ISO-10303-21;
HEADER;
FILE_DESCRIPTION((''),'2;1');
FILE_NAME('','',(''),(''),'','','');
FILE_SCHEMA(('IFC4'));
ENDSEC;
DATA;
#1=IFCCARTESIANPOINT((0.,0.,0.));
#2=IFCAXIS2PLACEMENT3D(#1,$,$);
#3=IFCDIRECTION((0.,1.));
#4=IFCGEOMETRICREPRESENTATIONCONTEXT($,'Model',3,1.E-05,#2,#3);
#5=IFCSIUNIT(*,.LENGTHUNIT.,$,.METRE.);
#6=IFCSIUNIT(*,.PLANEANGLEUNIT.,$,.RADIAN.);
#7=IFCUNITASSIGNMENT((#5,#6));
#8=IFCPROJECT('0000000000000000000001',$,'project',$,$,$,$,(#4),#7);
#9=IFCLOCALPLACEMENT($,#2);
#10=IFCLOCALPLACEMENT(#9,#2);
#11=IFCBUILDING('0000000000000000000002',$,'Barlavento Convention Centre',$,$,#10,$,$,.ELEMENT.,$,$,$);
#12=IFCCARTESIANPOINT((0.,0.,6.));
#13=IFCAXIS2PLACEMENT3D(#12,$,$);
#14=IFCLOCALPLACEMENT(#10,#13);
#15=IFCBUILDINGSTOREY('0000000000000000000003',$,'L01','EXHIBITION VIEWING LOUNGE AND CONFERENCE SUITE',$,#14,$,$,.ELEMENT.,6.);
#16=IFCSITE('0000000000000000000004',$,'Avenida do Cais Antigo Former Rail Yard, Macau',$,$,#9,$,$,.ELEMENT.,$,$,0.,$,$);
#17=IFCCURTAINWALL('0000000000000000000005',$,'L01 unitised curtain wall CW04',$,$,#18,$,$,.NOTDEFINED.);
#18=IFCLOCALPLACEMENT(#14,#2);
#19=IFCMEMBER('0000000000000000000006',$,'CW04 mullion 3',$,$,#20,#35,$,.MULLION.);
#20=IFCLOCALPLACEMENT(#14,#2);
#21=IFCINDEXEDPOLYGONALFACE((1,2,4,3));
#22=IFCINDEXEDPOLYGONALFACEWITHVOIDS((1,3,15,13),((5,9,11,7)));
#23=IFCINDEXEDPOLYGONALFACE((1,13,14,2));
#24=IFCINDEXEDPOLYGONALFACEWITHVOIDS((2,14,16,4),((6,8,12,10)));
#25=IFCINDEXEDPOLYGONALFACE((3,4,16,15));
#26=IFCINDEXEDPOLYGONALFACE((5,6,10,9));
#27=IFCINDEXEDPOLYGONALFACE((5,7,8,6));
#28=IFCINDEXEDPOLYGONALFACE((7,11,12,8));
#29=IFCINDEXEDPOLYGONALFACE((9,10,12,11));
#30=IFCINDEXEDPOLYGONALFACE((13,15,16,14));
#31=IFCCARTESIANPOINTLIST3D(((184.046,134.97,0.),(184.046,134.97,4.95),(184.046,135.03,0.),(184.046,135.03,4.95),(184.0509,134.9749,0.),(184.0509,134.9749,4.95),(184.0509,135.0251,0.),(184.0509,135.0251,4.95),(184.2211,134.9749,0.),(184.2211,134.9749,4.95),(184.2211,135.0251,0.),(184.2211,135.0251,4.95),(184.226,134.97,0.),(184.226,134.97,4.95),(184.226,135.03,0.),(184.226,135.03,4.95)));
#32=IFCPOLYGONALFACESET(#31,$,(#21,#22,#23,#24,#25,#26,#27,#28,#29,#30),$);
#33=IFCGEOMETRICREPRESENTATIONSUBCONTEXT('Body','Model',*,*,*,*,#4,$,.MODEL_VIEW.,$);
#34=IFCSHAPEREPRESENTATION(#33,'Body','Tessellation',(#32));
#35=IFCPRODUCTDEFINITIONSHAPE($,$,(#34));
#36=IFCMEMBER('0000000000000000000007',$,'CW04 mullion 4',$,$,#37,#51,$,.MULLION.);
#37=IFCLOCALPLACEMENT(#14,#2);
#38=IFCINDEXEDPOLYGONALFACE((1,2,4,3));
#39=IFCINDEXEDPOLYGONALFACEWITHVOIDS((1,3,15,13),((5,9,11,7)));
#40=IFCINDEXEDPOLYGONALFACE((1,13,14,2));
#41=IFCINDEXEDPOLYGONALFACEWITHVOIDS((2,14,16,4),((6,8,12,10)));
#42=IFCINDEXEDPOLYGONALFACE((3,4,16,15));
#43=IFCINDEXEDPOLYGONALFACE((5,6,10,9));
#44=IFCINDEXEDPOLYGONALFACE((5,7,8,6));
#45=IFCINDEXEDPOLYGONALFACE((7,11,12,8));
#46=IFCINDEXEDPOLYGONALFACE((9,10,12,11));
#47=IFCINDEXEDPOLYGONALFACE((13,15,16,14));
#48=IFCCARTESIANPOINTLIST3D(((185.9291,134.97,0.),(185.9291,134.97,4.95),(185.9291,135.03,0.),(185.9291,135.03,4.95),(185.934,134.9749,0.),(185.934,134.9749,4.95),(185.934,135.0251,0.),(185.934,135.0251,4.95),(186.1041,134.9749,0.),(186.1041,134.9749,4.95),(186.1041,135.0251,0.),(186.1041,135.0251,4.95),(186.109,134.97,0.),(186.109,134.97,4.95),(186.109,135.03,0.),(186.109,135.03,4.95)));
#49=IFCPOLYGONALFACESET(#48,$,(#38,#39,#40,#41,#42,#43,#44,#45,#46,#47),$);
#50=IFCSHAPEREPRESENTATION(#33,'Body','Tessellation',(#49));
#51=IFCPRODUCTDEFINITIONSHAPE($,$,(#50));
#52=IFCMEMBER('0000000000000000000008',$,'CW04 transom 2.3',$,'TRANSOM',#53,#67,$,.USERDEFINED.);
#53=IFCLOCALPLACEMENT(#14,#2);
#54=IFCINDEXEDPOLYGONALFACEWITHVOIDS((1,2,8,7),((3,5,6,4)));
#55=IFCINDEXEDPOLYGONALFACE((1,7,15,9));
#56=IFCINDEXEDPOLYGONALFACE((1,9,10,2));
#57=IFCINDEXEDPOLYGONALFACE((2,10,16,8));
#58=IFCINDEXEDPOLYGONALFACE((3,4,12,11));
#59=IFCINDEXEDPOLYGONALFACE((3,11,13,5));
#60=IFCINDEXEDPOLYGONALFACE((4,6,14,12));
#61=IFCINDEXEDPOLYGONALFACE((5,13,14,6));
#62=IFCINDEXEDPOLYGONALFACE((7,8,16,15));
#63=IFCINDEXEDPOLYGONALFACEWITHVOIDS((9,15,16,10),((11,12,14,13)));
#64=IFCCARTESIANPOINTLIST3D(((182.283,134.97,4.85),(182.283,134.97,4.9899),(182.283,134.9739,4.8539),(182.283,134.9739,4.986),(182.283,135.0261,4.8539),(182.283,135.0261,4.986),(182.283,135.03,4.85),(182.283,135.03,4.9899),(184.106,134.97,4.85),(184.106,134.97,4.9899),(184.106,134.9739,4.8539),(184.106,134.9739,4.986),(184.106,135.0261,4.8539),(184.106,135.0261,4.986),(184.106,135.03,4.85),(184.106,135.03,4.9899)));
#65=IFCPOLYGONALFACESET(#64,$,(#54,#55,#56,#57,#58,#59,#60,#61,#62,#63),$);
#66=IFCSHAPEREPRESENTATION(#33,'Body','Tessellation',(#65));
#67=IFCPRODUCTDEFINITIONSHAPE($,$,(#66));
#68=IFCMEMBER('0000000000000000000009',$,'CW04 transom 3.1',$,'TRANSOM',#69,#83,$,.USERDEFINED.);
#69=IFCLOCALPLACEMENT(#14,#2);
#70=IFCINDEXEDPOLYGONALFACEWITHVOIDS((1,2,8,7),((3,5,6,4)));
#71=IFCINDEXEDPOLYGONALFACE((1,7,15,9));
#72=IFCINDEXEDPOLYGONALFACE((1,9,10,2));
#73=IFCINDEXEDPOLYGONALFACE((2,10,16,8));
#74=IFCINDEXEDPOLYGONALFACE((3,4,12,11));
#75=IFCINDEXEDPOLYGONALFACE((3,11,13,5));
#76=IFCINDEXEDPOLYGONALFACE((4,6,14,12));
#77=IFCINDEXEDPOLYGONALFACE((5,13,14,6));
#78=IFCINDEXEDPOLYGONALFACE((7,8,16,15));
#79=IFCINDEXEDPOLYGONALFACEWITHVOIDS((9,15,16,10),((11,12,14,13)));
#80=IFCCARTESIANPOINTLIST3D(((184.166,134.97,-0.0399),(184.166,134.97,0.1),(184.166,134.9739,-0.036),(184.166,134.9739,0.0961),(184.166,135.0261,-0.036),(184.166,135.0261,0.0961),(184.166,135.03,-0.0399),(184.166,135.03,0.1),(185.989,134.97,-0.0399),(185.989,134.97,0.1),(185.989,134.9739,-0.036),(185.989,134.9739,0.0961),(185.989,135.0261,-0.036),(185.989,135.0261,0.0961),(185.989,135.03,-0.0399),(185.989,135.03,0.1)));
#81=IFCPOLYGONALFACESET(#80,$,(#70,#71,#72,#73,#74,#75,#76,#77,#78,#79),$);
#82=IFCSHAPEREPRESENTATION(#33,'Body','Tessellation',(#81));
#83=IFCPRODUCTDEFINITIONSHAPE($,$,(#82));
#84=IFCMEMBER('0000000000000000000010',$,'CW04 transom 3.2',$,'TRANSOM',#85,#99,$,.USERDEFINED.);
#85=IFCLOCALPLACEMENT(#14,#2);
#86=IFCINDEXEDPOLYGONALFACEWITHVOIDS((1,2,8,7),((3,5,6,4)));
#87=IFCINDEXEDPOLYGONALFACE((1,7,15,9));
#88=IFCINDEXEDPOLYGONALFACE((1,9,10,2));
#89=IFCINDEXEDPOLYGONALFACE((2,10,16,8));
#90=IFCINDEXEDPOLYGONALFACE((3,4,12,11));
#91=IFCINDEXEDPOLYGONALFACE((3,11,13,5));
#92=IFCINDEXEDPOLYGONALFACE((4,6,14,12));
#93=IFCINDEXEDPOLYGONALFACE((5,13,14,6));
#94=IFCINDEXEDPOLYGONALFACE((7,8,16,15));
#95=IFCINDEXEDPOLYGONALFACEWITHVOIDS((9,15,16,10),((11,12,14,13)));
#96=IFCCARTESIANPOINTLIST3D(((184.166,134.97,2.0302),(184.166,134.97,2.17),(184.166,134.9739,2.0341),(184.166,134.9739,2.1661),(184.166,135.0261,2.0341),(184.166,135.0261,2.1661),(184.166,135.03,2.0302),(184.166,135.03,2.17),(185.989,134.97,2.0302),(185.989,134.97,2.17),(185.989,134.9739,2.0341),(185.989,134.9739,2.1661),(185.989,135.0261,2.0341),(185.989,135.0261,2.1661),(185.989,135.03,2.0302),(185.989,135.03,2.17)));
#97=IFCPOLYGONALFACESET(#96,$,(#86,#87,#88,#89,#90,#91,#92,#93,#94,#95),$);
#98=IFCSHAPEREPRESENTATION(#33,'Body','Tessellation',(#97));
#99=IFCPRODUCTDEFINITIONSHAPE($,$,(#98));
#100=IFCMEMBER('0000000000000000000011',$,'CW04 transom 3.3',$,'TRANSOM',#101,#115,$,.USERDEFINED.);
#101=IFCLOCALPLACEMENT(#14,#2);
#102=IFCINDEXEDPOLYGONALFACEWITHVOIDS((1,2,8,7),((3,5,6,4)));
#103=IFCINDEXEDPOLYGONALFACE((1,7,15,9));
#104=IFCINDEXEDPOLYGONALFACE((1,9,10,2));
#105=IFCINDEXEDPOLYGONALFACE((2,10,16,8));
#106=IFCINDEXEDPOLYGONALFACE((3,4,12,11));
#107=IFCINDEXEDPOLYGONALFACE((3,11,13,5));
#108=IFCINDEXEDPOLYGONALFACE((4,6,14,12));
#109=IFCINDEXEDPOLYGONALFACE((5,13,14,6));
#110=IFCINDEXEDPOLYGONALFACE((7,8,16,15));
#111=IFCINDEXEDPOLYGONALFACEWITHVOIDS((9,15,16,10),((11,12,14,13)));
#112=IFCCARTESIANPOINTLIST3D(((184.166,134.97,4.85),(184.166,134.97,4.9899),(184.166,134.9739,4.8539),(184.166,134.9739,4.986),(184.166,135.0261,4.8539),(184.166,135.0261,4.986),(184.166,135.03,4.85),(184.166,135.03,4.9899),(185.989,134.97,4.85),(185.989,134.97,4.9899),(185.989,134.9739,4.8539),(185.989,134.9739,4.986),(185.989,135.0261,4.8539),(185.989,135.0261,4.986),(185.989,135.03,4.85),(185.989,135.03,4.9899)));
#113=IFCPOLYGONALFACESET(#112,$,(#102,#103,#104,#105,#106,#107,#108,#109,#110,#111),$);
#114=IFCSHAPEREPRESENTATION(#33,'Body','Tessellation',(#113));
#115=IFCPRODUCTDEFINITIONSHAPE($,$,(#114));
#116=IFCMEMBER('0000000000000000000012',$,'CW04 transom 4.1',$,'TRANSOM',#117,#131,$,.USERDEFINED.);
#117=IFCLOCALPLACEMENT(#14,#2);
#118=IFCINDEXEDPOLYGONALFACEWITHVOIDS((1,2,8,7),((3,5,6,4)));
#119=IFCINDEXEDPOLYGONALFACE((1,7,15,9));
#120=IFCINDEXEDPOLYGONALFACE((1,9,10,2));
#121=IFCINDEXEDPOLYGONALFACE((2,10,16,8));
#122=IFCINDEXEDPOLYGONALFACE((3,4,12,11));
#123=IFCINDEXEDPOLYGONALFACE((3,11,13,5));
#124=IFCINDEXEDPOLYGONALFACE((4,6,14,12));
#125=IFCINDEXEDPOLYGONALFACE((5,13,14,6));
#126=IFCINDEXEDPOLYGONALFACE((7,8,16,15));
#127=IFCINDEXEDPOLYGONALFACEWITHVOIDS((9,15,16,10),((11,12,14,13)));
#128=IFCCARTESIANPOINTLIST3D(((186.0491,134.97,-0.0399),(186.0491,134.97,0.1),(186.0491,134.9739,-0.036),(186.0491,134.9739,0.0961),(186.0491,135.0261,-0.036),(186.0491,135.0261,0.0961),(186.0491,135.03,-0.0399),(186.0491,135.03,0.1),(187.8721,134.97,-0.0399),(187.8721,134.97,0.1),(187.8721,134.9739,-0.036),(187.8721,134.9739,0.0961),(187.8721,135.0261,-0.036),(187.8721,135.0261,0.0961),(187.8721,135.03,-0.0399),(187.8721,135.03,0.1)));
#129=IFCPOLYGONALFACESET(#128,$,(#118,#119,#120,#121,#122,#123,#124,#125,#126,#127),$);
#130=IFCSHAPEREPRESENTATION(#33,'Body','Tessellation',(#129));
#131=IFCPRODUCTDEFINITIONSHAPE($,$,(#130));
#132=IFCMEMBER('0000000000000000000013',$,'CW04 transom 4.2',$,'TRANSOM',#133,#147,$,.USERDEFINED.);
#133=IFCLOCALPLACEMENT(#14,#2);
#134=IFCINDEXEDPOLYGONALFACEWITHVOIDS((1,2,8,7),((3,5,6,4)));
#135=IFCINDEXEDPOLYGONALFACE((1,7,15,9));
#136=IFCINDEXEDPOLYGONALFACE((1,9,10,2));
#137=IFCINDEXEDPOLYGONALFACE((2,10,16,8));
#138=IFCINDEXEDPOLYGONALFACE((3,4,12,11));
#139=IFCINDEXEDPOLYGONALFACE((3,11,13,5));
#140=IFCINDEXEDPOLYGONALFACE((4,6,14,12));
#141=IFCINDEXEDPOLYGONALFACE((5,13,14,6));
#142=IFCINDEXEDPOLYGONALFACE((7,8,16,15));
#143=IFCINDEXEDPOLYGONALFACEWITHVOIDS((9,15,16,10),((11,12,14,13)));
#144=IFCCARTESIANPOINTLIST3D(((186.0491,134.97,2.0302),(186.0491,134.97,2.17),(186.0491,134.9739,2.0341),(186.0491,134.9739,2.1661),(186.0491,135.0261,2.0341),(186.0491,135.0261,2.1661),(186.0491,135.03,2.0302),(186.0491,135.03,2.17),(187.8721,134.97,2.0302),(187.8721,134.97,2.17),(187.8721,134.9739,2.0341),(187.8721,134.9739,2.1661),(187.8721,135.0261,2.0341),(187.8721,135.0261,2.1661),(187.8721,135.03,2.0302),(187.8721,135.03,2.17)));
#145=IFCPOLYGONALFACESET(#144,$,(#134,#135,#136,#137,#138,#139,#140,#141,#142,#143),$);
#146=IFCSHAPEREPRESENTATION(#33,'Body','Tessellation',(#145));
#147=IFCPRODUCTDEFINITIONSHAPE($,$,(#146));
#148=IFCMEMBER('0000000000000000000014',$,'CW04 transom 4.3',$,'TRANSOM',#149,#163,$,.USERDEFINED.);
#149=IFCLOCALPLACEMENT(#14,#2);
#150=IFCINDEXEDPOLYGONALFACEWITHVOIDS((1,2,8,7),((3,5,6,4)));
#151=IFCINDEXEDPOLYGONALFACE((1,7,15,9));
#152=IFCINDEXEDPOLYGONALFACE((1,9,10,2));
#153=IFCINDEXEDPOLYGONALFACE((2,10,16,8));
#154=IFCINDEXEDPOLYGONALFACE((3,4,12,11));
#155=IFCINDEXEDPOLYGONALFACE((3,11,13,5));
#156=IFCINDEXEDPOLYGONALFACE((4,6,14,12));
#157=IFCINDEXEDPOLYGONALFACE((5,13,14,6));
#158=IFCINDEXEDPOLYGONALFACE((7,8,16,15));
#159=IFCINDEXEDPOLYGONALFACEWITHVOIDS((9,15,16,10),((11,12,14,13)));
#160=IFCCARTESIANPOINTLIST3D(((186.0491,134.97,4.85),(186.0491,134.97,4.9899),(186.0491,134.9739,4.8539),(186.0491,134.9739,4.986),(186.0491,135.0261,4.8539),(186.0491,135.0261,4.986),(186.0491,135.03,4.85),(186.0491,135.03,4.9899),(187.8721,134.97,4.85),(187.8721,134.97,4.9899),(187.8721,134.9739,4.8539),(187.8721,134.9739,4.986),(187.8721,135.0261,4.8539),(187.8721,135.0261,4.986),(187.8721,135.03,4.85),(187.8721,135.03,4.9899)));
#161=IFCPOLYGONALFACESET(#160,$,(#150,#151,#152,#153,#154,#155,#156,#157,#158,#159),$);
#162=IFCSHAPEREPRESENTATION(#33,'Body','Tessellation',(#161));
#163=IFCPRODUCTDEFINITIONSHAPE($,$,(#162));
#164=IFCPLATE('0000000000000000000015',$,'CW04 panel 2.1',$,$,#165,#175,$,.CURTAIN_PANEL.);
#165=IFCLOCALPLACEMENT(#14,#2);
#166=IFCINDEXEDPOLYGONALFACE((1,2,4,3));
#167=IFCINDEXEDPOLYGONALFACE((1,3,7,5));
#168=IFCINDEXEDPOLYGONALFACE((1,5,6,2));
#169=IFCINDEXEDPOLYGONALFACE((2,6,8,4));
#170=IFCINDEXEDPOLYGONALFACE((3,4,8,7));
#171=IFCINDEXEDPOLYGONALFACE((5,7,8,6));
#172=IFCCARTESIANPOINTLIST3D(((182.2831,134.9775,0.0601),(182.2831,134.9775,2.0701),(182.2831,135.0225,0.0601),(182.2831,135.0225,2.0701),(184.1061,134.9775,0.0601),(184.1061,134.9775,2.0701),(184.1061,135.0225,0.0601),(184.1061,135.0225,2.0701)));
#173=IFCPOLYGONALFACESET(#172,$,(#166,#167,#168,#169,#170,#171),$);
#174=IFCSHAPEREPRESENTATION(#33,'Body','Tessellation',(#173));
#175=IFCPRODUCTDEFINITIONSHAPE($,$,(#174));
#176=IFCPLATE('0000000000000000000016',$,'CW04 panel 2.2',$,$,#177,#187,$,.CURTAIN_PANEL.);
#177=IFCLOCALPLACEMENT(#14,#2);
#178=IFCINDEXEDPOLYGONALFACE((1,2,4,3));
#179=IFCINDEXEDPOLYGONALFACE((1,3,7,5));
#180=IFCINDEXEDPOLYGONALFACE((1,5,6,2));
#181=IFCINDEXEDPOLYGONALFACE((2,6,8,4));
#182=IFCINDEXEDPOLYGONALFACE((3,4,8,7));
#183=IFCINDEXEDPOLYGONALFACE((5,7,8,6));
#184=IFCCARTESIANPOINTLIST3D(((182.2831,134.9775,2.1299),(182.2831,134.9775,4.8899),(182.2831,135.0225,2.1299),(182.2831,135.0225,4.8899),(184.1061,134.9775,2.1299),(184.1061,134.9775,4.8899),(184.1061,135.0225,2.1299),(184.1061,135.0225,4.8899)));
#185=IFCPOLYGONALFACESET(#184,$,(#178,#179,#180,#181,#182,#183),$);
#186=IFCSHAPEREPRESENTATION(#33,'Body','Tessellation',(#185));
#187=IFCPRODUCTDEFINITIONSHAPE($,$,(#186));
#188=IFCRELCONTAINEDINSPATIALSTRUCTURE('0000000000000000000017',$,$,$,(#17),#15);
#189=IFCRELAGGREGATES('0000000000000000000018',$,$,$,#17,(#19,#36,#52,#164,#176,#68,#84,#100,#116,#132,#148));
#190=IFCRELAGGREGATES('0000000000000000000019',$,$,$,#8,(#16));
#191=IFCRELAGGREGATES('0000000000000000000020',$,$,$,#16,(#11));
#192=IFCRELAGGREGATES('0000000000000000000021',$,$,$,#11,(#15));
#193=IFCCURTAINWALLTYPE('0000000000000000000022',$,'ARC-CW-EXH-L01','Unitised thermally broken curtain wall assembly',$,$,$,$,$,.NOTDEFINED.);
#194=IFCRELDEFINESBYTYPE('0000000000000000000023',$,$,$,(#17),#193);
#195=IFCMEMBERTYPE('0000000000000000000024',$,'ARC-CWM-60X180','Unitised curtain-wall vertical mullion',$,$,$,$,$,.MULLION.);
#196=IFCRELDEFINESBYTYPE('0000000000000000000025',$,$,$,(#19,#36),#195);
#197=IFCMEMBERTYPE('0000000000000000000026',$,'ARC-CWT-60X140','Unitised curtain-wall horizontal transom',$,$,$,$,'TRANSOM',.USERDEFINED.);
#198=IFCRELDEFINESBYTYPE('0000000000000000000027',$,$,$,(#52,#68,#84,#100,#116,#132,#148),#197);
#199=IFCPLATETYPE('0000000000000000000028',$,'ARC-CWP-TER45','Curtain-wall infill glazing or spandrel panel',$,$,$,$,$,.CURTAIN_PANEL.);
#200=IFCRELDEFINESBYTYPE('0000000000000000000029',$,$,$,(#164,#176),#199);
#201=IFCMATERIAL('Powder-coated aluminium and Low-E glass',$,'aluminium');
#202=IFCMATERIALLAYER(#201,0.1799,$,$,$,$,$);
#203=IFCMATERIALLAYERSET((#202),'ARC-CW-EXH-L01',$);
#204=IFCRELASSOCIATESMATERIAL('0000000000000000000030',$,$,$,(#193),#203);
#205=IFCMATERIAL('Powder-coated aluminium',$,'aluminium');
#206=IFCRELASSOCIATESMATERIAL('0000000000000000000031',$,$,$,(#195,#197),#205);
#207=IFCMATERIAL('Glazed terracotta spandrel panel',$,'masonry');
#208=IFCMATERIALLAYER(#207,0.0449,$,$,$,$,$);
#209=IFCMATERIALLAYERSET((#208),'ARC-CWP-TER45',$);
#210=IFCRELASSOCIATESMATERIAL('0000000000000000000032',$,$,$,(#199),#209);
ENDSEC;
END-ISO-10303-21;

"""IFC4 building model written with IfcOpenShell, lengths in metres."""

from ifc_helpers import new_model, si_unit, direction, frame, origin, origin_2d, place, context, subcontext, project, spatial, rectangle, hollow_rectangle, extrude, material, layer, layer_set, material_profile, profile_set, type_object, element, aggregate, save


model = new_model("IFC4")

# Units and contexts
model_context = context("Model", 3, precision=1e-05, world=origin(), true_north=direction((0.0, 1.0)))
body_context = subcontext(model_context, "Body", "Model", "MODEL_VIEW")
ifc_project = project(units=[si_unit("LENGTHUNIT", "METRE"), si_unit("PLANEANGLEUNIT", "RADIAN")], contexts=[model_context])

# Site, building, storey
site_placement = place(None, origin())
site = spatial("IfcSite", under=ifc_project, at=site_placement, Name="Avenida do Cais Antigo Former Rail Yard, Macau", CompositionType="ELEMENT", RefElevation=0.0)
building_placement = place(site_placement, origin())
building = spatial("IfcBuilding", under=site, at=building_placement, Name="Barlavento Convention Centre", CompositionType="ELEMENT")
storey_placement = place(building_placement, frame((0.0, 0.0, 6.0)))
storey = spatial("IfcBuildingStorey", under=building, at=storey_placement, Name="L01", Description="EXHIBITION VIEWING LOUNGE AND CONFERENCE SUITE", CompositionType="ELEMENT", Elevation=6.0)

# Curtain wall, members, plates
ifc_material_1 = material(Name="Powder-coated aluminium and Low-E glass", Category="aluminium")
ifc_layer_1 = layer(ifc_material_1, 0.1799)
ifc_layer_set_1 = layer_set([ifc_layer_1], Name="ARC-CW-EXH-L01")
curtain_wall_type = type_object("IfcCurtainWallType", Name="ARC-CW-EXH-L01", Description="Unitised thermally broken curtain wall assembly", PredefinedType="NOTDEFINED", material=ifc_layer_set_1)
curtain_wall_placement = place(storey_placement, origin())
curtain_wall = element("IfcCurtainWall", 1, at=curtain_wall_placement, inside=storey, type_object=curtain_wall_type, Name="L01 unitised curtain wall CW04", PredefinedType="NOTDEFINED")
ifc_material_2 = material(Name="Powder-coated aluminium", Category="aluminium")
ifc_material_profile_1 = material_profile(ifc_material_2, hollow_rectangle(XDim=0.0601, YDim=0.1799, WallThickness=0.0049, at=origin_2d()), Name="AL-MULL 60x180x5")
ifc_profile_set_1 = profile_set([ifc_material_profile_1], Name="Powder-coated aluminium")
member_type_1 = type_object("IfcMemberType", Name="ARC-CWM-60X180", Description="Unitised curtain-wall vertical mullion", PredefinedType="MULLION", material=ifc_profile_set_1)
member_1_placement = place(storey_placement, frame((184.136, 135.0, 0.0), z_axis=(0.0, 0.0, 1.0), x_axis=(0.0, 1.0, 0.0)))
member_1 = element("IfcMember", 2, at=member_1_placement, type_object=member_type_1, Name="CW04 mullion 3", PredefinedType="MULLION", context=body_context, shape_type="SweptSolid", body=[
    extrude(hollow_rectangle(XDim=0.0601, YDim=0.1799, WallThickness=0.0049, at=origin_2d()), origin(), (0.0, 0.0, 1.0), 4.95),
])
member_2_placement = place(storey_placement, frame((186.019, 135.0, 0.0), z_axis=(0.0, 0.0, 1.0), x_axis=(0.0, 1.0, 0.0)))
member_2 = element("IfcMember", 3, at=member_2_placement, type_object=member_type_1, Name="CW04 mullion 4", PredefinedType="MULLION", context=body_context, shape_type="SweptSolid", body=[
    extrude(hollow_rectangle(XDim=0.0601, YDim=0.1799, WallThickness=0.0049, at=origin_2d()), origin(), (0.0, 0.0, 1.0), 4.95),
])
ifc_material_profile_2 = material_profile(ifc_material_2, hollow_rectangle(XDim=0.0601, YDim=0.1399, WallThickness=0.0039, at=origin_2d()), Name="AL-TRAN 60x140x4")
ifc_profile_set_2 = profile_set([ifc_material_profile_2], Name="Powder-coated aluminium")
member_type_2 = type_object("IfcMemberType", Name="ARC-CWT-60X140", Description="Unitised curtain-wall horizontal transom", ElementType="TRANSOM", PredefinedType="USERDEFINED", material=ifc_profile_set_2)
member_3_placement = place(storey_placement, frame((182.283, 135.0, 4.9199), z_axis=(1.0, 0.0, 0.0), x_axis=(0.0, 1.0, 0.0)))
member_3 = element("IfcMember", 4, at=member_3_placement, type_object=member_type_2, Name="CW04 transom 2.3", ObjectType="TRANSOM", PredefinedType="USERDEFINED", context=body_context, shape_type="SweptSolid", body=[
    extrude(hollow_rectangle(XDim=0.0601, YDim=0.1399, WallThickness=0.0039, at=origin_2d()), origin(), (0.0, 0.0, 1.0), 1.823),
])
member_4_placement = place(storey_placement, frame((184.166, 135.0, 0.03), z_axis=(1.0, 0.0, 0.0), x_axis=(0.0, 1.0, 0.0)))
member_4 = element("IfcMember", 5, at=member_4_placement, type_object=member_type_2, Name="CW04 transom 3.1", ObjectType="TRANSOM", PredefinedType="USERDEFINED", context=body_context, shape_type="SweptSolid", body=[
    extrude(hollow_rectangle(XDim=0.0601, YDim=0.1399, WallThickness=0.0039, at=origin_2d()), origin(), (0.0, 0.0, 1.0), 1.823),
])
member_5_placement = place(storey_placement, frame((184.166, 135.0, 2.1001), z_axis=(1.0, 0.0, 0.0), x_axis=(0.0, 1.0, 0.0)))
member_5 = element("IfcMember", 6, at=member_5_placement, type_object=member_type_2, Name="CW04 transom 3.2", ObjectType="TRANSOM", PredefinedType="USERDEFINED", context=body_context, shape_type="SweptSolid", body=[
    extrude(hollow_rectangle(XDim=0.0601, YDim=0.1399, WallThickness=0.0039, at=origin_2d()), origin(), (0.0, 0.0, 1.0), 1.823),
])
member_6_placement = place(storey_placement, frame((184.166, 135.0, 4.9199), z_axis=(1.0, 0.0, 0.0), x_axis=(0.0, 1.0, 0.0)))
member_6 = element("IfcMember", 7, at=member_6_placement, type_object=member_type_2, Name="CW04 transom 3.3", ObjectType="TRANSOM", PredefinedType="USERDEFINED", context=body_context, shape_type="SweptSolid", body=[
    extrude(hollow_rectangle(XDim=0.0601, YDim=0.1399, WallThickness=0.0039, at=origin_2d()), origin(), (0.0, 0.0, 1.0), 1.823),
])
member_7_placement = place(storey_placement, frame((186.0491, 135.0, 0.03), z_axis=(1.0, 0.0, 0.0), x_axis=(0.0, 1.0, 0.0)))
member_7 = element("IfcMember", 8, at=member_7_placement, type_object=member_type_2, Name="CW04 transom 4.1", ObjectType="TRANSOM", PredefinedType="USERDEFINED", context=body_context, shape_type="SweptSolid", body=[
    extrude(hollow_rectangle(XDim=0.0601, YDim=0.1399, WallThickness=0.0039, at=origin_2d()), origin(), (0.0, 0.0, 1.0), 1.823),
])
member_8_placement = place(storey_placement, frame((186.0491, 135.0, 2.1001), z_axis=(1.0, 0.0, 0.0), x_axis=(0.0, 1.0, 0.0)))
member_8 = element("IfcMember", 9, at=member_8_placement, type_object=member_type_2, Name="CW04 transom 4.2", ObjectType="TRANSOM", PredefinedType="USERDEFINED", context=body_context, shape_type="SweptSolid", body=[
    extrude(hollow_rectangle(XDim=0.0601, YDim=0.1399, WallThickness=0.0039, at=origin_2d()), origin(), (0.0, 0.0, 1.0), 1.823),
])
member_9_placement = place(storey_placement, frame((186.0491, 135.0, 4.9199), z_axis=(1.0, 0.0, 0.0), x_axis=(0.0, 1.0, 0.0)))
member_9 = element("IfcMember", 10, at=member_9_placement, type_object=member_type_2, Name="CW04 transom 4.3", ObjectType="TRANSOM", PredefinedType="USERDEFINED", context=body_context, shape_type="SweptSolid", body=[
    extrude(hollow_rectangle(XDim=0.0601, YDim=0.1399, WallThickness=0.0039, at=origin_2d()), origin(), (0.0, 0.0, 1.0), 1.823),
])
ifc_material_3 = material(Name="Glazed terracotta spandrel panel", Category="masonry")
ifc_layer_2 = layer(ifc_material_3, 0.0449)
ifc_layer_set_2 = layer_set([ifc_layer_2], Name="ARC-CWP-TER45")
plate_type = type_object("IfcPlateType", Name="ARC-CWP-TER45", Description="Curtain-wall infill glazing or spandrel panel", PredefinedType="CURTAIN_PANEL", material=ifc_layer_set_2)
plate_1_placement = place(storey_placement, frame((183.1946, 135.0, 0.0601), z_axis=(0.0, 0.0, 1.0), x_axis=(1.0, 0.0, 0.0)))
plate_1 = element("IfcPlate", 11, at=plate_1_placement, type_object=plate_type, Name="CW04 panel 2.1", PredefinedType="CURTAIN_PANEL", context=body_context, shape_type="SweptSolid", body=[
    extrude(rectangle(XDim=1.823, YDim=0.0449, at=origin_2d()), origin(), (0.0, 0.0, 1.0), 2.01),
])
plate_2_placement = place(storey_placement, frame((183.1946, 135.0, 2.1299), z_axis=(0.0, 0.0, 1.0), x_axis=(1.0, 0.0, 0.0)))
plate_2 = element("IfcPlate", 12, at=plate_2_placement, type_object=plate_type, Name="CW04 panel 2.2", PredefinedType="CURTAIN_PANEL", context=body_context, shape_type="SweptSolid", body=[
    extrude(rectangle(XDim=1.823, YDim=0.0449, at=origin_2d()), origin(), (0.0, 0.0, 1.0), 2.76),
])
aggregate(curtain_wall, [member_1, member_2, member_3, plate_1, plate_2, member_4, member_5, member_6, member_7, member_8, member_9])

save(model, "model.ifc")
